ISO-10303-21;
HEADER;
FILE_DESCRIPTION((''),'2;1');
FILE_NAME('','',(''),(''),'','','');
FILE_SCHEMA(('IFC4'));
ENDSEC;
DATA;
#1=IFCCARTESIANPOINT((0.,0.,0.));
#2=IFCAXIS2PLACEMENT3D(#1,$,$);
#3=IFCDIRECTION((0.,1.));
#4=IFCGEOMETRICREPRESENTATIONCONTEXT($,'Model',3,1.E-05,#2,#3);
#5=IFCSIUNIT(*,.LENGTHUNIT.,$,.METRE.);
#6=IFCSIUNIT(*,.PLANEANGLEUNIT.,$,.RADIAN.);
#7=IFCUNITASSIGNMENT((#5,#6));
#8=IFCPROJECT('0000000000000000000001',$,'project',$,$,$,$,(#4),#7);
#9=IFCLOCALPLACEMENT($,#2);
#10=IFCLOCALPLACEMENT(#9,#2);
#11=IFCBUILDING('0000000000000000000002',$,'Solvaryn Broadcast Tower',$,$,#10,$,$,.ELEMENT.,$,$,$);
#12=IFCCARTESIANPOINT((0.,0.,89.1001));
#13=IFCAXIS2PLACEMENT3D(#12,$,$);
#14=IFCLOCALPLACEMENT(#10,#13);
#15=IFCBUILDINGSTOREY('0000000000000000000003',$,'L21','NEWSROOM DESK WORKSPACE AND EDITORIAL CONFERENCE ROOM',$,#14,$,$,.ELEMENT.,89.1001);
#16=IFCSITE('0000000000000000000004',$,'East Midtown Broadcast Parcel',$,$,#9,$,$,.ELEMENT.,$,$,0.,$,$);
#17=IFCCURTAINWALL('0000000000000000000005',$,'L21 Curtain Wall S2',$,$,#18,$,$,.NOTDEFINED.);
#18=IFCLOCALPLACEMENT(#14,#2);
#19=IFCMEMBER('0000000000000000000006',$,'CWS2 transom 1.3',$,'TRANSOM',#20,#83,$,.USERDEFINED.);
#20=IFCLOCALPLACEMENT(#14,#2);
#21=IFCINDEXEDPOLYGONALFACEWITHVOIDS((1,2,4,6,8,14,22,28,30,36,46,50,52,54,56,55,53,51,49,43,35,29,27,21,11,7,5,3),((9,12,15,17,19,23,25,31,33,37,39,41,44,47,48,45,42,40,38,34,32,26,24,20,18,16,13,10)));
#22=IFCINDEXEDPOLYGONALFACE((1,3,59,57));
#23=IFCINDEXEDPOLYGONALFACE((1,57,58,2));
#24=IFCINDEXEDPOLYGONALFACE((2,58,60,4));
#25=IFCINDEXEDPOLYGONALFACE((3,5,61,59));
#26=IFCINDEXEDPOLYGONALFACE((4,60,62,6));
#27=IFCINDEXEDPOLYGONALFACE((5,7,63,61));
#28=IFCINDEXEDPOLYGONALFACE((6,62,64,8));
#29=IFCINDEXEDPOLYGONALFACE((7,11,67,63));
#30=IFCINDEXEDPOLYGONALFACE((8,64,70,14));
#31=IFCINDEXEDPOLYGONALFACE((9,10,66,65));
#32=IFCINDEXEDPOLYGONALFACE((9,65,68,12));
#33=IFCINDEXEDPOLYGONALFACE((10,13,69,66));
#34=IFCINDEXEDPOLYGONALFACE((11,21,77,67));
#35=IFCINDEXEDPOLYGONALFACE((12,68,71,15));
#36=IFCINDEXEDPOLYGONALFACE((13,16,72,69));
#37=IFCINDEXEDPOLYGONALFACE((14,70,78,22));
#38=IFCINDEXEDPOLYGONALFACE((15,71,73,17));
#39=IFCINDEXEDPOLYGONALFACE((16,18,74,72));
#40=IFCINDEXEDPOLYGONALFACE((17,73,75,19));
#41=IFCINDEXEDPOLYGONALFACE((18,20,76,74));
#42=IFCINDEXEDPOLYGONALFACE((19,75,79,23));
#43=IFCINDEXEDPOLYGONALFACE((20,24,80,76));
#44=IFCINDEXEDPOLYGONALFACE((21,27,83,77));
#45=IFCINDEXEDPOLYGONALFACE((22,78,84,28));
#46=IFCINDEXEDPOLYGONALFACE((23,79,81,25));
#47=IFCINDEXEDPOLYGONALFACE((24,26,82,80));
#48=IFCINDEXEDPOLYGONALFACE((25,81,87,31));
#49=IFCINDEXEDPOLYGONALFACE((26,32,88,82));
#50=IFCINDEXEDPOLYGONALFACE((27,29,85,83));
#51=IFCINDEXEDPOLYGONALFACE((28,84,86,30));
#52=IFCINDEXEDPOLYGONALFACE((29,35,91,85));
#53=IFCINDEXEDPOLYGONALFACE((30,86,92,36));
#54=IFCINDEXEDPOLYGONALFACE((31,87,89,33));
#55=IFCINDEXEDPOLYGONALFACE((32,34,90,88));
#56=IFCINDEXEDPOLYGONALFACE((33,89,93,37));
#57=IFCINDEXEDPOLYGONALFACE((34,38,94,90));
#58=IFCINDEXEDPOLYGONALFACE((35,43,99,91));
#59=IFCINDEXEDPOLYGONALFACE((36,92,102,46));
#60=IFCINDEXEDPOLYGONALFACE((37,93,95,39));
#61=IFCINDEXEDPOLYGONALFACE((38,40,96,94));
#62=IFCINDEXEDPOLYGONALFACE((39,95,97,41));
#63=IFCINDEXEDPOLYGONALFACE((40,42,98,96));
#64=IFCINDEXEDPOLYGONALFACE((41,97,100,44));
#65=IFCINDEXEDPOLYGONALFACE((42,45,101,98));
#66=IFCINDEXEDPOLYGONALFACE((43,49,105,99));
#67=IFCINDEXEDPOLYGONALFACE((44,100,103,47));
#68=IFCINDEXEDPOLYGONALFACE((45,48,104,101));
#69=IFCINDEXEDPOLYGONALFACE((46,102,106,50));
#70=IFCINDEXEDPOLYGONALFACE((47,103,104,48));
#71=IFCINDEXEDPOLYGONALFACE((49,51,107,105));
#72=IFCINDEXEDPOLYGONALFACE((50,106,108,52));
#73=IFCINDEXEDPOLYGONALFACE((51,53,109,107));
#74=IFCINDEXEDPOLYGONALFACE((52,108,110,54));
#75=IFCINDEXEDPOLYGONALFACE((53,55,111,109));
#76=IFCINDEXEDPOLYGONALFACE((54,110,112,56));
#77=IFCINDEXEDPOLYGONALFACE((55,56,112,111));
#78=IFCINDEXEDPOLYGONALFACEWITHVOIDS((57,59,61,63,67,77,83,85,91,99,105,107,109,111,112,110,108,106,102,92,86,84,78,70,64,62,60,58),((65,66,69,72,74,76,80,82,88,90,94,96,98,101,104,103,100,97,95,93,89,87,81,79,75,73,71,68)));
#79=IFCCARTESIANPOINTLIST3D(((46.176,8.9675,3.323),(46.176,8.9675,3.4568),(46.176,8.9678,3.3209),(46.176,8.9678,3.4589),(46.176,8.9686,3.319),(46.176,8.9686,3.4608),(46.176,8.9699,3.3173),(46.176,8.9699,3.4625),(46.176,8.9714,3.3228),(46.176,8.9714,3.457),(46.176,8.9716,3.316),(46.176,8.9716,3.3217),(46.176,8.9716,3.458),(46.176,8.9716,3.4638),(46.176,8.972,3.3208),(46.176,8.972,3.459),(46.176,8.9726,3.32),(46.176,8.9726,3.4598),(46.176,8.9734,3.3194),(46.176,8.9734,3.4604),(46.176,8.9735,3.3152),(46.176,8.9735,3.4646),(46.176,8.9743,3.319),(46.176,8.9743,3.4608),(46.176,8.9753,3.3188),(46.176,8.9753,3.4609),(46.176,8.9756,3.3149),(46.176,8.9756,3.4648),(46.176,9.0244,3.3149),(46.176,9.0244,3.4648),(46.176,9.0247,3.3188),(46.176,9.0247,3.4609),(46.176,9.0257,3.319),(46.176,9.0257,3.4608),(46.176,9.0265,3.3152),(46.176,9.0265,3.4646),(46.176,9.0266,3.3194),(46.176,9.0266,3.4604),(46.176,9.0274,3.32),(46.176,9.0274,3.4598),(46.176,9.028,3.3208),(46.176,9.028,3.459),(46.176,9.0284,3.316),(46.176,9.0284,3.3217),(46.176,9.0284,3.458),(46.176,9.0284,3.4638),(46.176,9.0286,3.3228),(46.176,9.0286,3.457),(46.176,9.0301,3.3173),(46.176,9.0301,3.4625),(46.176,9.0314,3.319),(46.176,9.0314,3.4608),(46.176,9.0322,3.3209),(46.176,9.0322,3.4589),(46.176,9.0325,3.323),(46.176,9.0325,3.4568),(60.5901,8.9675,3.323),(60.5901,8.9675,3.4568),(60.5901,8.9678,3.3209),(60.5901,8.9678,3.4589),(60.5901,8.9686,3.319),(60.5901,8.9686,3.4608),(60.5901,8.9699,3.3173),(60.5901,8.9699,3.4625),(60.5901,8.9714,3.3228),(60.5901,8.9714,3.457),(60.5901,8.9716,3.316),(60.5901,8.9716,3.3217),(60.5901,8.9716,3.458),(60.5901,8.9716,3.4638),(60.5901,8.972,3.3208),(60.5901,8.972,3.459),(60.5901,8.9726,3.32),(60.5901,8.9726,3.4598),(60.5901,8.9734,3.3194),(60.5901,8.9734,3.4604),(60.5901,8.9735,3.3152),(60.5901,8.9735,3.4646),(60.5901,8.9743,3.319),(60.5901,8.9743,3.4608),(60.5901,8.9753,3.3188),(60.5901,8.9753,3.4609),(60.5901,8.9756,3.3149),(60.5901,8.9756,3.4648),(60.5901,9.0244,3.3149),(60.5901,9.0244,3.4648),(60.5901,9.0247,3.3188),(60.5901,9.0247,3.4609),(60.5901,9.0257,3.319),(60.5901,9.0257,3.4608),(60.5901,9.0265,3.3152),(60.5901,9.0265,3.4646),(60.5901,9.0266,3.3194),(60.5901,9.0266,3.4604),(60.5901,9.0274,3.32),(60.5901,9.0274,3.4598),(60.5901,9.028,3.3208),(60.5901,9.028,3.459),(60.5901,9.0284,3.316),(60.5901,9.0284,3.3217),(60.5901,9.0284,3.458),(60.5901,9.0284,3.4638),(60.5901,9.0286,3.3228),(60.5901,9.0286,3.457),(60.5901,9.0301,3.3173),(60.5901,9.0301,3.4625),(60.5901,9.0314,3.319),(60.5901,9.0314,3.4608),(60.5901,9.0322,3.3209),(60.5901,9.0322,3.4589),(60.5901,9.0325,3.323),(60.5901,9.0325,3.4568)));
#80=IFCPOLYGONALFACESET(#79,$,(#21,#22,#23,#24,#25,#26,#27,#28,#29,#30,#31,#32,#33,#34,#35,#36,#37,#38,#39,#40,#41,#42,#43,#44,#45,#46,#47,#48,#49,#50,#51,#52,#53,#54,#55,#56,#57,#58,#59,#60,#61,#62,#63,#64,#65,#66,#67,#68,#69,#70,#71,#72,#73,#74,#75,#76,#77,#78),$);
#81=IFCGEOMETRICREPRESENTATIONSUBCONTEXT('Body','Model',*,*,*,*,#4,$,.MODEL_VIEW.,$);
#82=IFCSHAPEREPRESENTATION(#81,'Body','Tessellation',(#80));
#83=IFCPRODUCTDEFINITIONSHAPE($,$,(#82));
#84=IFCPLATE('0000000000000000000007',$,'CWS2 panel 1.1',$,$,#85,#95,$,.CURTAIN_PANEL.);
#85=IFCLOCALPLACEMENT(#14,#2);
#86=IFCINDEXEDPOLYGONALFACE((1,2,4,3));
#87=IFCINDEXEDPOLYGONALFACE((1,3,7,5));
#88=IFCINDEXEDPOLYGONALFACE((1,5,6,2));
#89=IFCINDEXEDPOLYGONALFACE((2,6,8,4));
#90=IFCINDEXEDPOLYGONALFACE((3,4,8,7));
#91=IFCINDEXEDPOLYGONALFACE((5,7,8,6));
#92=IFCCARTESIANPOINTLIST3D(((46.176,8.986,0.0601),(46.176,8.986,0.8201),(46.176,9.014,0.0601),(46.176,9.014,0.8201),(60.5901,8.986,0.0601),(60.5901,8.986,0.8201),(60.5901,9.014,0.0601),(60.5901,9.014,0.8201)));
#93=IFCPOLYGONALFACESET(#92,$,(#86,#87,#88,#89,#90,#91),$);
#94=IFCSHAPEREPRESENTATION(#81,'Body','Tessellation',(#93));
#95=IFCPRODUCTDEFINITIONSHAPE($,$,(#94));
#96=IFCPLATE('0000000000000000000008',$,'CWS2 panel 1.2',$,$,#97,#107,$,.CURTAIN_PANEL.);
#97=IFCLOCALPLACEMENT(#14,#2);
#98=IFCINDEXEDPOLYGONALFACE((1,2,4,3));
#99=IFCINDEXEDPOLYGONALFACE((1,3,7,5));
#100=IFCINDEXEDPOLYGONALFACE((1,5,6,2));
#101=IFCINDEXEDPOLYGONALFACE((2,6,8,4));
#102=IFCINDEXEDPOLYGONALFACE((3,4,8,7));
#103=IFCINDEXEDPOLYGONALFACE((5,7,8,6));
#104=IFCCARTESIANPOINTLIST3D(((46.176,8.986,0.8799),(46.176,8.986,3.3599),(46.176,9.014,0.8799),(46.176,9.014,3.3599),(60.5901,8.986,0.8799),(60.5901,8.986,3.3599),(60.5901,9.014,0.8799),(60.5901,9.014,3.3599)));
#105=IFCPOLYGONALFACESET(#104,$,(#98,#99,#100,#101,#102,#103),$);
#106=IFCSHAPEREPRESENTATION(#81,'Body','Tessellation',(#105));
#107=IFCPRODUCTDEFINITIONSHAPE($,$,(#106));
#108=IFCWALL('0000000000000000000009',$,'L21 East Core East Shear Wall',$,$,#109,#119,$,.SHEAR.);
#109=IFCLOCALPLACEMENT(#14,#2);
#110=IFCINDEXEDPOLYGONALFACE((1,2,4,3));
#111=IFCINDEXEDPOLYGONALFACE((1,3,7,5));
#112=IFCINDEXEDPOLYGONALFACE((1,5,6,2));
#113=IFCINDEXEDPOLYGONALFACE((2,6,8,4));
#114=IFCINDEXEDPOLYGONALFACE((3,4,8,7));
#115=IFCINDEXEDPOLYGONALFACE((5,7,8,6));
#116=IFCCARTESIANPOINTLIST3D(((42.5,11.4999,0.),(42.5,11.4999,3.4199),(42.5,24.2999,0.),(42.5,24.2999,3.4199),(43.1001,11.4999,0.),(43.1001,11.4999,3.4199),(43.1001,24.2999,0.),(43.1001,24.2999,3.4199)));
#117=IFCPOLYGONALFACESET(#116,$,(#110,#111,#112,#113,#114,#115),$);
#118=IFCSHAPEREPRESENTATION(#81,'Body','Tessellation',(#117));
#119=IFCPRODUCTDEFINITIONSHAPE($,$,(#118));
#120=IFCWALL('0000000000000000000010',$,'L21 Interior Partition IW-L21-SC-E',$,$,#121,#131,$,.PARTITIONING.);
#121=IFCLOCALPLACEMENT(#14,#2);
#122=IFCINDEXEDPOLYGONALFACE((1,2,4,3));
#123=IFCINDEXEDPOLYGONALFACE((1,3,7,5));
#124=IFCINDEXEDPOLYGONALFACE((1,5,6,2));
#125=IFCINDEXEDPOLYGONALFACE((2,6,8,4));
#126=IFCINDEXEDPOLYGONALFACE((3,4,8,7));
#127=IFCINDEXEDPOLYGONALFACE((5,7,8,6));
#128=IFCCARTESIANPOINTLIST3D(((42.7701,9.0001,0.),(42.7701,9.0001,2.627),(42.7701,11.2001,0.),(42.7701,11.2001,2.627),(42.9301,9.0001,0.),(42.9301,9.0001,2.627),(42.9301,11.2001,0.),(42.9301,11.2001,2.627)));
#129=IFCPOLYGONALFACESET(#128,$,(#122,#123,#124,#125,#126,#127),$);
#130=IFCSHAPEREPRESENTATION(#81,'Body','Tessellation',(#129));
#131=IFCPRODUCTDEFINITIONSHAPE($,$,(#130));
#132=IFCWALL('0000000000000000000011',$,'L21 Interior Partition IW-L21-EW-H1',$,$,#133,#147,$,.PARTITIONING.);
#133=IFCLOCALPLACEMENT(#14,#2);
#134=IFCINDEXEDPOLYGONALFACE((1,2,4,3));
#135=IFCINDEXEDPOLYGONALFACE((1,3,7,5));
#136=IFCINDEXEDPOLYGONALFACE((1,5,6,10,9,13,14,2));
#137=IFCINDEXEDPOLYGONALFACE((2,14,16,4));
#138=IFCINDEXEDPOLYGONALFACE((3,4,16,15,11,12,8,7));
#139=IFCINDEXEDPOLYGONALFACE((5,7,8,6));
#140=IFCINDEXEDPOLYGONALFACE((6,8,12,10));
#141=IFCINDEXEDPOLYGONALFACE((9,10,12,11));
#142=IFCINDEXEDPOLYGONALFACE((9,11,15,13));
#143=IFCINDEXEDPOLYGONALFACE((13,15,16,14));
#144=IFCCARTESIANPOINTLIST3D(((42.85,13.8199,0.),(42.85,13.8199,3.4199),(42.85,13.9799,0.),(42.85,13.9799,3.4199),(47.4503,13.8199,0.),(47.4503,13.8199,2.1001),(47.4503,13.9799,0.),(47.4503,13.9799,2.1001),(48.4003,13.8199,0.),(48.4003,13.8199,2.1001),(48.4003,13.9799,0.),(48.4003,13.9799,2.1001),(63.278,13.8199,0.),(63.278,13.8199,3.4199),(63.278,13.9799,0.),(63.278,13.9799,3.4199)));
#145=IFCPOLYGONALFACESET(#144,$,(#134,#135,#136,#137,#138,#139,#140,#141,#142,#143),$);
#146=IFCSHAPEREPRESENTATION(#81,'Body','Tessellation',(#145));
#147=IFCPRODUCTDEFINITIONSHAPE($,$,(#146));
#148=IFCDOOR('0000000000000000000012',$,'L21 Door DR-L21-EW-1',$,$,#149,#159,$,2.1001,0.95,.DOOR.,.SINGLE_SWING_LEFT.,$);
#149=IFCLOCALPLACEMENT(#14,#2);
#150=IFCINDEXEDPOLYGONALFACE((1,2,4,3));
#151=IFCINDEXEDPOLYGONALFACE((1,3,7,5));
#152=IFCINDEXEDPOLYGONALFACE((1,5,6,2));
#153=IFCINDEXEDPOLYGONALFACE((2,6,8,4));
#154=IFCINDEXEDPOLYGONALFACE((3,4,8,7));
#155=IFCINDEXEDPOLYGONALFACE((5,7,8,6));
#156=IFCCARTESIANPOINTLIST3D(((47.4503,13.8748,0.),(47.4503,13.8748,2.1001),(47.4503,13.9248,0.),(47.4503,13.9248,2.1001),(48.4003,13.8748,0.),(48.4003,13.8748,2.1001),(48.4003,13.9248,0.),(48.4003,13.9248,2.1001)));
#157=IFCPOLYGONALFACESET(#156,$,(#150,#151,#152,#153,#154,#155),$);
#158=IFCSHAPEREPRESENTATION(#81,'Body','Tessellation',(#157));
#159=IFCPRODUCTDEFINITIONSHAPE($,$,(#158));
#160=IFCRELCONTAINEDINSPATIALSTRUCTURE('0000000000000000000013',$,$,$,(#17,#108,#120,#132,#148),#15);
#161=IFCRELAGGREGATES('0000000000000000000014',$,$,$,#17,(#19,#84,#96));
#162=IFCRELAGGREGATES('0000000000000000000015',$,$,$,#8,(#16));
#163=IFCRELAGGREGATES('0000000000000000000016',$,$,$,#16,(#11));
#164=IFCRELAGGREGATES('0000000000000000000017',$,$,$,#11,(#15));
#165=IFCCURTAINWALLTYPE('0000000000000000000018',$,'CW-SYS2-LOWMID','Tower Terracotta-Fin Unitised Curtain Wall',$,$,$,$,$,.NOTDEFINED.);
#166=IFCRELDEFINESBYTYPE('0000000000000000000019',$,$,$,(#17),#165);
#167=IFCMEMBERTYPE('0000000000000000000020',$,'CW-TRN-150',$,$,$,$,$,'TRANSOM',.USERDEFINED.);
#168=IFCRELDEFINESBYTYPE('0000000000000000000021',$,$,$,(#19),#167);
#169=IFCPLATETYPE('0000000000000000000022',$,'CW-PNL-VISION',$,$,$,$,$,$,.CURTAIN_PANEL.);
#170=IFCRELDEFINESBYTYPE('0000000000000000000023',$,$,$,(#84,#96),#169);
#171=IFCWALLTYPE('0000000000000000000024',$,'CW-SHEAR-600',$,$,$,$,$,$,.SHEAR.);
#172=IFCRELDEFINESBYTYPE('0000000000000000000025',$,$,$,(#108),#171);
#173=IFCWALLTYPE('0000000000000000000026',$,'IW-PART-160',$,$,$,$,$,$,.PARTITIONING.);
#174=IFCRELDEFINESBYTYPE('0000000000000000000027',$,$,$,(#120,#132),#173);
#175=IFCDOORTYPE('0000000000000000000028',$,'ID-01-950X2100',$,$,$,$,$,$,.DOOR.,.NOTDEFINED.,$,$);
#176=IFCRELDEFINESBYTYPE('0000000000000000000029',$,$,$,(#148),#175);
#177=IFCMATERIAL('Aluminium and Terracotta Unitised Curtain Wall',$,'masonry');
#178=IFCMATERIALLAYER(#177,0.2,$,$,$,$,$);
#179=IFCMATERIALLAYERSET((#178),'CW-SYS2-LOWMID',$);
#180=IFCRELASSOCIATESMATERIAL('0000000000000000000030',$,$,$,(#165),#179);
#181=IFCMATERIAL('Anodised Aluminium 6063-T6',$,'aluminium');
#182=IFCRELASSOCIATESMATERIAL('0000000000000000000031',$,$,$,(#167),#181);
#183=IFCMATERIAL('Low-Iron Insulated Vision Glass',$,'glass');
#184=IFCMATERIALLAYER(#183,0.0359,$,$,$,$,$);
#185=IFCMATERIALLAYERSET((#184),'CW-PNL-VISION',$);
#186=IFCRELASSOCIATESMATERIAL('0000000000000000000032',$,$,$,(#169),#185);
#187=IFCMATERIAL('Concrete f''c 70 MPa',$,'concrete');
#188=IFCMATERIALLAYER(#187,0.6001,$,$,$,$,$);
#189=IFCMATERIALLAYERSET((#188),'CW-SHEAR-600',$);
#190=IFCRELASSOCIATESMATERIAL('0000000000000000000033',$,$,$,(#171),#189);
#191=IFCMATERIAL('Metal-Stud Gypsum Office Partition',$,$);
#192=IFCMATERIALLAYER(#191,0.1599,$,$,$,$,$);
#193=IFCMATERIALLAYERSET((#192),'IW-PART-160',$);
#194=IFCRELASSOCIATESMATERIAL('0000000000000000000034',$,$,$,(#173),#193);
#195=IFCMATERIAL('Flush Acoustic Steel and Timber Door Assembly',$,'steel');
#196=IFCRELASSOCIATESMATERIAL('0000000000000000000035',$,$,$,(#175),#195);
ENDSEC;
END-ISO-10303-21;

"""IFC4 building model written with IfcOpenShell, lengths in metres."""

from ifc_helpers import new_model, si_unit, direction, frame, frame_2d, origin, origin_2d, place, context, subcontext, project, spatial, rectangle, hollow_rectangle, extrude, material, layer, layer_set, material_profile, profile_set, type_object, element, fill, aggregate, save


model = new_model("IFC4")

# Units and contexts
model_context = context("Model", 3, precision=1e-05, world=origin(), true_north=direction((0.0, 1.0)))
body_context = subcontext(model_context, "Body", "Model", "MODEL_VIEW")
ifc_project = project(units=[si_unit("LENGTHUNIT", "METRE"), si_unit("PLANEANGLEUNIT", "RADIAN")], contexts=[model_context])

# Site, building, storey
site_placement = place(None, origin())
site = spatial("IfcSite", under=ifc_project, at=site_placement, Name="East Midtown Broadcast Parcel", CompositionType="ELEMENT", RefElevation=0.0)
building_placement = place(site_placement, origin())
building = spatial("IfcBuilding", under=site, at=building_placement, Name="Solvaryn Broadcast Tower", CompositionType="ELEMENT")
storey_placement = place(building_placement, frame((0.0, 0.0, 89.1001)))
storey = spatial("IfcBuildingStorey", under=building, at=storey_placement, Name="L21", Description="NEWSROOM DESK WORKSPACE AND EDITORIAL CONFERENCE ROOM", CompositionType="ELEMENT", Elevation=89.1001)

# Shared definitions
ifc_material_1 = material(Name="Aluminium and Terracotta Unitised Curtain Wall", Category="masonry")
ifc_layer_1 = layer(ifc_material_1, 0.2)
ifc_layer_set_1 = layer_set([ifc_layer_1], Name="CW-SYS2-LOWMID")
curtain_wall_type = type_object("IfcCurtainWallType", Name="CW-SYS2-LOWMID", Description="Tower Terracotta-Fin Unitised Curtain Wall", PredefinedType="NOTDEFINED", material=ifc_layer_set_1)

# Curtain wall, member, plates
curtain_wall_1_placement = place(storey_placement, origin())
curtain_wall_1 = element("IfcCurtainWall", 1, at=curtain_wall_1_placement, inside=storey, type_object=curtain_wall_type, Name="L21 Curtain Wall S2", PredefinedType="NOTDEFINED")
ifc_material_2 = material(Name="Anodised Aluminium 6063-T6", Category="aluminium")
ifc_material_profile_1 = material_profile(ifc_material_2, hollow_rectangle(XDim=0.0649, YDim=0.1499, WallThickness=0.0039, InnerFilletRadius=0.0039, OuterFilletRadius=0.0081, at=origin_2d()))
ifc_profile_set_1 = profile_set([ifc_material_profile_1], Name="Anodised Aluminium 6063-T6")
member_type_1 = type_object("IfcMemberType", Name="CW-TRN-150", ElementType="TRANSOM", PredefinedType="USERDEFINED", material=ifc_profile_set_1)
member_1_placement = place(storey_placement, frame((46.176, 9.0, 3.3899), z_axis=(1.0, 0.0, 0.0), x_axis=(0.0, 1.0, 0.0)))
member_1 = element("IfcMember", 2, at=member_1_placement, type_object=member_type_1, Name="CWS2 transom 1.3", ObjectType="TRANSOM", PredefinedType="USERDEFINED", context=body_context, shape_type="SweptSolid", body=[
    extrude(hollow_rectangle(XDim=0.0649, YDim=0.1499, WallThickness=0.0039, InnerFilletRadius=0.0039, OuterFilletRadius=0.0081, at=origin_2d()), origin(), (0.0, 0.0, 1.0), 14.4141),
])
ifc_material_3 = material(Name="Low-Iron Insulated Vision Glass", Category="glass")
ifc_layer_2 = layer(ifc_material_3, 0.0359)
ifc_layer_set_2 = layer_set([ifc_layer_2], Name="CW-PNL-VISION")
plate_type = type_object("IfcPlateType", Name="CW-PNL-VISION", PredefinedType="CURTAIN_PANEL", material=ifc_layer_set_2)
plate_1_placement = place(storey_placement, frame((53.3831, 9.0, 0.0601), z_axis=(0.0, 0.0, 1.0), x_axis=(1.0, 0.0, 0.0)))
plate_1 = element("IfcPlate", 3, at=plate_1_placement, type_object=plate_type, Name="CWS2 panel 1.1", PredefinedType="CURTAIN_PANEL", context=body_context, shape_type="SweptSolid", body=[
    extrude(rectangle(XDim=14.4141, YDim=0.0281, at=origin_2d()), origin(), (0.0, 0.0, 1.0), 0.76),
])
plate_2_placement = place(storey_placement, frame((53.3831, 9.0, 0.8799), z_axis=(0.0, 0.0, 1.0), x_axis=(1.0, 0.0, 0.0)))
plate_2 = element("IfcPlate", 4, at=plate_2_placement, type_object=plate_type, Name="CWS2 panel 1.2", PredefinedType="CURTAIN_PANEL", context=body_context, shape_type="SweptSolid", body=[
    extrude(rectangle(XDim=14.4141, YDim=0.0281, at=origin_2d()), origin(), (0.0, 0.0, 1.0), 2.48),
])
aggregate(curtain_wall_1, [member_1, plate_1, plate_2])

# Walls
ifc_material_4 = material(Name="Concrete f'c 70 MPa", Category="concrete")
ifc_layer_3 = layer(ifc_material_4, 0.6001)
ifc_layer_set_3 = layer_set([ifc_layer_3], Name="CW-SHEAR-600")
wall_type_1 = type_object("IfcWallType", Name="CW-SHEAR-600", PredefinedType="SHEAR", material=ifc_layer_set_3)
wall_1_placement = place(storey_placement, frame((42.8, 11.5, 0.0), z_axis=(0.0, 0.0, 1.0), x_axis=(0.0, 1.0, 0.0)))
element("IfcWall", 5, at=wall_1_placement, inside=storey, type_object=wall_type_1, Name="L21 East Core East Shear Wall", PredefinedType="SHEAR", context=body_context, shape_type="SweptSolid", body=[
    extrude(rectangle(XDim=12.8, YDim=0.6001, at=frame_2d((6.3999, 0.0))), origin(), (0.0, 0.0, 1.0), 3.4199),
])
ifc_material_5 = material(Name="Metal-Stud Gypsum Office Partition")
ifc_layer_4 = layer(ifc_material_5, 0.1599)
ifc_layer_set_4 = layer_set([ifc_layer_4], Name="IW-PART-160")
wall_type_2 = type_object("IfcWallType", Name="IW-PART-160", PredefinedType="PARTITIONING", material=ifc_layer_set_4)
wall_2_placement = place(storey_placement, frame((42.8501, 9.0, 0.0), z_axis=(0.0, 0.0, 1.0), x_axis=(0.0, 1.0, 0.0)))
element("IfcWall", 6, at=wall_2_placement, inside=storey, type_object=wall_type_2, Name="L21 Interior Partition IW-L21-SC-E", PredefinedType="PARTITIONING", context=body_context, shape_type="SweptSolid", body=[
    extrude(rectangle(XDim=2.2, YDim=0.1599, at=frame_2d((1.1001, 0.0))), origin(), (0.0, 0.0, 1.0), 2.627),
])

# Wall, opening, door
wall_3_placement = place(storey_placement, frame((42.8501, 13.8999, 0.0), z_axis=(0.0, 0.0, 1.0), x_axis=(1.0, 0.0, 0.0)))
wall_3 = element("IfcWall", 7, at=wall_3_placement, inside=storey, type_object=wall_type_2, Name="L21 Interior Partition IW-L21-EW-H1", PredefinedType="PARTITIONING", context=body_context, shape_type="SweptSolid", body=[
    extrude(rectangle(XDim=20.428, YDim=0.1599, at=frame_2d((10.2139, 0.0))), origin(), (0.0, 0.0, 1.0), 3.4199),
])
opening_1_placement = place(wall_3_placement, frame((4.6001, 0.0, 0.0)))
opening_1 = element("IfcOpeningElement", 8, at=opening_1_placement, cuts=wall_3, PredefinedType="OPENING", context=body_context, shape_type="SweptSolid", body=[
    extrude(rectangle(XDim=0.95, YDim=2.1001, at=frame_2d((0.4751, 1.05))), frame((0.0, 0.0901, 0.0), z_axis=(0.0, -1.0, 0.0), x_axis=(1.0, 0.0, 0.0)), (0.0, 0.0, 1.0), 0.1799),
])
ifc_material_6 = material(Name="Flush Acoustic Steel and Timber Door Assembly", Category="steel")
door_type_1 = type_object("IfcDoorType", Name="ID-01-950X2100", OperationType="NOTDEFINED", PredefinedType="DOOR", material=ifc_material_6)
door_1_placement = place(opening_1_placement, origin())
door_1 = element("IfcDoor", 9, at=door_1_placement, inside=storey, type_object=door_type_1, Name="L21 Door DR-L21-EW-1", OperationType="SINGLE_SWING_LEFT", OverallHeight=2.1001, OverallWidth=0.95, PredefinedType="DOOR", context=body_context, shape_type="SweptSolid", body=[
    extrude(rectangle(XDim=0.95, YDim=2.1001, at=frame_2d((0.4751, 1.05))), frame((0.0, 0.0249, 0.0), z_axis=(0.0, -1.0, 0.0), x_axis=(1.0, 0.0, 0.0)), (0.0, 0.0, 1.0), 0.05),
])
fill(opening_1, door_1)

save(model, "model.ifc")
